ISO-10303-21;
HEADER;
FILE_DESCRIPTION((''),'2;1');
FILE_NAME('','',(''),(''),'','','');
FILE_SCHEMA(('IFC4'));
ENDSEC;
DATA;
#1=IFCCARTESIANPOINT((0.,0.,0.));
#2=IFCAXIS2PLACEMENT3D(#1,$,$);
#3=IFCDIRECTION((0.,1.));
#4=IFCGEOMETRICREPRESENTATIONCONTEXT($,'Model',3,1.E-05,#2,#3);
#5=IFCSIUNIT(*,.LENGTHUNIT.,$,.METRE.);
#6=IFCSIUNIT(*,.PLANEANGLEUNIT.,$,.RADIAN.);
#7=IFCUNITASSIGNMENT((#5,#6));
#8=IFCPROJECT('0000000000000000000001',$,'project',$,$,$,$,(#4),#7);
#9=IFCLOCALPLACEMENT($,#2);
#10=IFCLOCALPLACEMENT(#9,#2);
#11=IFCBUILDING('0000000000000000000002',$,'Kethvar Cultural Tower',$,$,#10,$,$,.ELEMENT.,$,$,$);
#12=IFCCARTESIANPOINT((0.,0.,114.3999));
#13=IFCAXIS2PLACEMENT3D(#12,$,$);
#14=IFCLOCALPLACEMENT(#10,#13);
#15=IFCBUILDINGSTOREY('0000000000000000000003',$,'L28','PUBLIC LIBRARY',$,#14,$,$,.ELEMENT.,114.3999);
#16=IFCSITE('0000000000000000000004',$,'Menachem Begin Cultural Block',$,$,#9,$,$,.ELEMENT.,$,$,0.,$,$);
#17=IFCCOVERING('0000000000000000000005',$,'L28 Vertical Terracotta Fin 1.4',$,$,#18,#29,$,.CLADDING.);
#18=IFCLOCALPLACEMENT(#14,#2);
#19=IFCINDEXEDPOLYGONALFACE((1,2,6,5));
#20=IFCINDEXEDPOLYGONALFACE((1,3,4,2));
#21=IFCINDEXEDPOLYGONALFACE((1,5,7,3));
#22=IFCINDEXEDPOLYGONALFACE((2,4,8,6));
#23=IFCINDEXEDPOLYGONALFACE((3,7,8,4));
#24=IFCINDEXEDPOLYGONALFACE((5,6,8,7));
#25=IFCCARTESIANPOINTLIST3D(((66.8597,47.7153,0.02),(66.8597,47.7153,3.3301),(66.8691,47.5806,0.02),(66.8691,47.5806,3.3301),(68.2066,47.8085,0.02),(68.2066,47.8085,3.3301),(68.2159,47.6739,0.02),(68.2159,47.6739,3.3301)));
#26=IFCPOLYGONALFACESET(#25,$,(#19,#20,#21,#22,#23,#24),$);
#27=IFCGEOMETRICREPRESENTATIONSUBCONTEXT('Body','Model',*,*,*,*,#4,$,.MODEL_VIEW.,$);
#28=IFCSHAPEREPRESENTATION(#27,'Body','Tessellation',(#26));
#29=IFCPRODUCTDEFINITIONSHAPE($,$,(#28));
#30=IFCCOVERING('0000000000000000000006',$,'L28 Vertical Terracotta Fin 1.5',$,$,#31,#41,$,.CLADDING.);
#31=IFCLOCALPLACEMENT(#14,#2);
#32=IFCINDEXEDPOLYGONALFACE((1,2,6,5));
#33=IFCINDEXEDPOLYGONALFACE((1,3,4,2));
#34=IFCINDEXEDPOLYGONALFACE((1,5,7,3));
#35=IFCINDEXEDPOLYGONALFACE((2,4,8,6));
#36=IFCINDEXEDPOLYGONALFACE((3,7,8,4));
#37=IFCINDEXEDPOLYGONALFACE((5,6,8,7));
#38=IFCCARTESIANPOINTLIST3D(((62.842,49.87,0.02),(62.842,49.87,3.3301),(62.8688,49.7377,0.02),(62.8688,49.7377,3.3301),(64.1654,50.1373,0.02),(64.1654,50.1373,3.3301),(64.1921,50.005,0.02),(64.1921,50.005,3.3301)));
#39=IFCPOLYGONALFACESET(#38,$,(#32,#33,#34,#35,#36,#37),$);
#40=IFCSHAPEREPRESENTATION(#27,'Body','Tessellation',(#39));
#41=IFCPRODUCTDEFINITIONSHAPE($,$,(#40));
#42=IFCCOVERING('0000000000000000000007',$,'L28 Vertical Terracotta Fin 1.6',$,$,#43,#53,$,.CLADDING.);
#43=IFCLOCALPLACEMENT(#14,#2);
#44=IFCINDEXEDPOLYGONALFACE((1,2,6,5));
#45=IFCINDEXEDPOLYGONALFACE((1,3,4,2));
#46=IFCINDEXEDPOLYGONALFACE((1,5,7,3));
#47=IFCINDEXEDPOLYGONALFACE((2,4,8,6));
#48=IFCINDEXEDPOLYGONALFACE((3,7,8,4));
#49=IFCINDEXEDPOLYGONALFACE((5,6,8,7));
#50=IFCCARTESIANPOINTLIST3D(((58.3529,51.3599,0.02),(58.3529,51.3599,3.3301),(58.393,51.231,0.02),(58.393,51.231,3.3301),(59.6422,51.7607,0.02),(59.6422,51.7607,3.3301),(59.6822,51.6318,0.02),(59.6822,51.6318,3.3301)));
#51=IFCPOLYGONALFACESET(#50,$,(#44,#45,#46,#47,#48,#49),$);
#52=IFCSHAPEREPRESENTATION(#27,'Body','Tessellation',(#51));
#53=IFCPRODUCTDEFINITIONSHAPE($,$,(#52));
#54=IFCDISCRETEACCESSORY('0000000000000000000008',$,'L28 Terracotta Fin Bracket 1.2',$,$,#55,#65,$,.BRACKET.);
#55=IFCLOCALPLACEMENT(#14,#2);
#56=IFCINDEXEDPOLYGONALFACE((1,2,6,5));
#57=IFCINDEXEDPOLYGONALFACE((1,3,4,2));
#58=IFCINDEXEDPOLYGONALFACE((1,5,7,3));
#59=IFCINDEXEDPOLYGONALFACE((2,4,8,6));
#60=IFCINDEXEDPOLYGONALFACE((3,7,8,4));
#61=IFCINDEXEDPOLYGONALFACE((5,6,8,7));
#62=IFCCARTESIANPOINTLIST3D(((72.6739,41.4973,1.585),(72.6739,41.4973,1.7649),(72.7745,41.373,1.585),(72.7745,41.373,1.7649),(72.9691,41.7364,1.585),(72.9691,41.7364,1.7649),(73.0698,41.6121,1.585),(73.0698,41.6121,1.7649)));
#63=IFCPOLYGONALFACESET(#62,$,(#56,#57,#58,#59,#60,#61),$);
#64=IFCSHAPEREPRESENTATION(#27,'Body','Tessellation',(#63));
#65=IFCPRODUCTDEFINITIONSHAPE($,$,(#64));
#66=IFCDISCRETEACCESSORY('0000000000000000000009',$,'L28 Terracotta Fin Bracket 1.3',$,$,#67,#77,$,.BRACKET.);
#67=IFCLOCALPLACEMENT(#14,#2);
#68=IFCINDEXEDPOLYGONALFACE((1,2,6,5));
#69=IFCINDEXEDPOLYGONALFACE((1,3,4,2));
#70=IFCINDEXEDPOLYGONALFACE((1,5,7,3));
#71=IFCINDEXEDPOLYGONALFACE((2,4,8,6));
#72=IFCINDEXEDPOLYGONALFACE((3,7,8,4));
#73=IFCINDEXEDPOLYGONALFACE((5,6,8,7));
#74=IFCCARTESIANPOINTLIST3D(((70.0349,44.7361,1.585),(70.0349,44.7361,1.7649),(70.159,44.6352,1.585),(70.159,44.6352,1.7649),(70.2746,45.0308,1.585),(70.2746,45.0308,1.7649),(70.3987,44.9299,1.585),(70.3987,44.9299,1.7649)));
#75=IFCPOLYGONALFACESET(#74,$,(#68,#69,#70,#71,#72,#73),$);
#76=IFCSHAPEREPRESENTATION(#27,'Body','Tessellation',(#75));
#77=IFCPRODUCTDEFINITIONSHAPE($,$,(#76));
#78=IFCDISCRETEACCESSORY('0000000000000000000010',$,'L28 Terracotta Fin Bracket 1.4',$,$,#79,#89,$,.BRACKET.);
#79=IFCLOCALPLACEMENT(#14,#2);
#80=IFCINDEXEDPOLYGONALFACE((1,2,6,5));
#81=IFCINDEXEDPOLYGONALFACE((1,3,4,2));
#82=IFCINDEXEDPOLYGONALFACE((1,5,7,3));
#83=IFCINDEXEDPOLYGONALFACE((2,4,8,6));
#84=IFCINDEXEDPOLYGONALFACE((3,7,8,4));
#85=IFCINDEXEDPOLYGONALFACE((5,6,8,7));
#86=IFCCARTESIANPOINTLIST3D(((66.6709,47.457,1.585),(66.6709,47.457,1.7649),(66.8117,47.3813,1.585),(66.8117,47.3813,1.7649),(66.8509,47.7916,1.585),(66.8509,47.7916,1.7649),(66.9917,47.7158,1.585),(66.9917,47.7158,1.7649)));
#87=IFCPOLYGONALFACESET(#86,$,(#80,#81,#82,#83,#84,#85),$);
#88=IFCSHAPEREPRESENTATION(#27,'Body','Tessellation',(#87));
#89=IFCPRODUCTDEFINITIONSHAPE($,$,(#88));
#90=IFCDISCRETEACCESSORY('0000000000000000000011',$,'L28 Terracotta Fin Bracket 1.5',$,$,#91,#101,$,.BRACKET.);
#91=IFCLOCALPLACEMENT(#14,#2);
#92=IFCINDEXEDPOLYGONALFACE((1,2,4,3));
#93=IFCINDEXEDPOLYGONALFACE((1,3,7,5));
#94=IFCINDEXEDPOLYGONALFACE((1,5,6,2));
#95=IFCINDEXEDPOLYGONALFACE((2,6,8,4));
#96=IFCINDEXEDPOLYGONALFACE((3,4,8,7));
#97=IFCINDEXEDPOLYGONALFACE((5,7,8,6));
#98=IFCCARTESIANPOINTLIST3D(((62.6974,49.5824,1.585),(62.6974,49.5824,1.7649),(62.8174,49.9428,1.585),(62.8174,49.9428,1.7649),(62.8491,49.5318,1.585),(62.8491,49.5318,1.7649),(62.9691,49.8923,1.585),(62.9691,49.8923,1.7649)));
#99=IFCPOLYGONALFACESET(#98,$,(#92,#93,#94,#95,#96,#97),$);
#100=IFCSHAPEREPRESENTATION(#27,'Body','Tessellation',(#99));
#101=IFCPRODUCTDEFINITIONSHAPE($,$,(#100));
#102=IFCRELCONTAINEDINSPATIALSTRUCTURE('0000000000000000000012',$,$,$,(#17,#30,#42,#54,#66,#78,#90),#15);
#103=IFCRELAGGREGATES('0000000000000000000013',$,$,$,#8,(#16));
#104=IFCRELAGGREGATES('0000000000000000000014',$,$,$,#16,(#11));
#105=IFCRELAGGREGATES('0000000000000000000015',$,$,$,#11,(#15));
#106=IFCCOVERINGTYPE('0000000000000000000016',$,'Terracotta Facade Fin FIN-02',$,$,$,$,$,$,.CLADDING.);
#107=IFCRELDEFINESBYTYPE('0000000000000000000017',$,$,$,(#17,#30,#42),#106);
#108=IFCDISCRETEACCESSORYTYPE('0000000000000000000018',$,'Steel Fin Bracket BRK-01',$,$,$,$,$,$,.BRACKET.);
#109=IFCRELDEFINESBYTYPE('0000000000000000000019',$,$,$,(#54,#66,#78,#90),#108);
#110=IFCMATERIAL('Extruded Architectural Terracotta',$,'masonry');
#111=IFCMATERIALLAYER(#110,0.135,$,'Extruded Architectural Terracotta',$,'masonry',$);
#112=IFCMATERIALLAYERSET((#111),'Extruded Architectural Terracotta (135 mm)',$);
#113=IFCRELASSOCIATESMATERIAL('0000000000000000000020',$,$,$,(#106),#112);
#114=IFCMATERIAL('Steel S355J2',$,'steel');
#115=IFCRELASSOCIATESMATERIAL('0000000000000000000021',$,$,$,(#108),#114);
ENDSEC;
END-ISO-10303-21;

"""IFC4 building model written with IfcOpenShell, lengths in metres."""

from ifc_helpers import new_model, si_unit, direction, frame, origin, origin_2d, place, context, subcontext, project, spatial, rectangle, extrude, source, transform, mapped, material, layer, layer_set, type_object, element, save


model = new_model("IFC4")

# Units and contexts
model_context = context("Model", 3, precision=1e-05, world=origin(), true_north=direction((0.0, 1.0)))
body_context = subcontext(model_context, "Body", "Model", "MODEL_VIEW")
ifc_project = project(units=[si_unit("LENGTHUNIT", "METRE"), si_unit("PLANEANGLEUNIT", "RADIAN")], contexts=[model_context])

# Site, building, storey
site_placement = place(None, origin())
site = spatial("IfcSite", under=ifc_project, at=site_placement, Name="Menachem Begin Cultural Block", CompositionType="ELEMENT", RefElevation=0.0)
building_placement = place(site_placement, origin())
building = spatial("IfcBuilding", under=site, at=building_placement, Name="Kethvar Cultural Tower", CompositionType="ELEMENT")
storey_placement = place(building_placement, frame((0.0, 0.0, 114.3999)))
storey = spatial("IfcBuildingStorey", under=building, at=storey_placement, Name="L28", Description="PUBLIC LIBRARY", CompositionType="ELEMENT", Elevation=114.3999)

# Shared definitions
ifc_material_1 = material(Name="Steel S355J2", Category="steel")

# Coverings
ifc_material_2 = material(Name="Extruded Architectural Terracotta", Category="masonry")
ifc_layer_1 = layer(ifc_material_2, 0.135, Name="Extruded Architectural Terracotta", Category="masonry")
ifc_layer_set_1 = layer_set([ifc_layer_1], Name="Extruded Architectural Terracotta (135 mm)")
covering_type = type_object("IfcCoveringType", Name="Terracotta Facade Fin FIN-02", PredefinedType="CLADDING", material=ifc_layer_set_1)
shared_shape_1 = source(origin(), body_context, "Body", "SweptSolid", [
    extrude(rectangle(XDim=1.3501, YDim=0.135, at=origin_2d()), origin(), (0.0, 0.0, 1.0), 3.3101),
])
for number, where, z_axis, x_axis, name in (
    (1, (67.5378, 47.6946, 0.02), (0.0, 0.0, 1.0), (0.997613, 0.06906, 0.0), "L28 Vertical Terracotta Fin 1.4"),
    (2, (63.5171, 49.9375, 0.02), (0.0, 0.0, 1.0), (0.980202, 0.198, 0.0), "L28 Vertical Terracotta Fin 1.5"),
    (3, (59.0176, 51.4958, 0.02), (0.0, 0.0, 1.0), (0.954916, 0.296875, 0.0), "L28 Vertical Terracotta Fin 1.6"),
):
    element("IfcCovering", number, at=place(storey_placement, frame(where, z_axis=z_axis, x_axis=x_axis)), inside=storey, type_object=covering_type, Name=name, PredefinedType="CLADDING", context=body_context, shape_type="MappedRepresentation", body=[
        mapped(shared_shape_1, transform((0.0, 0.0, 0.0), scale=1.0)),
    ])

# Discrete accessories
discrete_accessory_type = type_object("IfcDiscreteAccessoryType", Name="Steel Fin Bracket BRK-01", PredefinedType="BRACKET", material=ifc_material_1)
shared_shape_2 = source(origin(), body_context, "Body", "SweptSolid", [
    extrude(rectangle(XDim=0.3799, YDim=0.1599, at=origin_2d()), origin(), (0.0, 0.0, 1.0), 0.1799),
])
for number, where, z_axis, x_axis, name in (
    (4, (72.8718, 41.5547, 1.585), (0.0, 0.0, 1.0), (0.777146, 0.62932, 0.0), "L28 Terracotta Fin Bracket 1.2"),
    (5, (70.2168, 44.833, 1.585), (0.0, 0.0, 1.0), (0.630947, 0.775826, 0.0), "L28 Terracotta Fin Bracket 1.3"),
    (6, (66.8313, 47.5864, 1.585), (0.0, 0.0, 1.0), (0.473781, 0.880643, 0.0), "L28 Terracotta Fin Bracket 1.4"),
    (7, (62.8333, 49.7373, 1.585), (0.0, 0.0, 1.0), (0.31598, 0.948766, 0.0), "L28 Terracotta Fin Bracket 1.5"),
):
    element("IfcDiscreteAccessory", number, at=place(storey_placement, frame(where, z_axis=z_axis, x_axis=x_axis)), inside=storey, type_object=discrete_accessory_type, Name=name, PredefinedType="BRACKET", context=body_context, shape_type="MappedRepresentation", body=[
        mapped(shared_shape_2, transform((0.0, 0.0, 0.0), scale=1.0)),
    ])

save(model, "model.ifc")
